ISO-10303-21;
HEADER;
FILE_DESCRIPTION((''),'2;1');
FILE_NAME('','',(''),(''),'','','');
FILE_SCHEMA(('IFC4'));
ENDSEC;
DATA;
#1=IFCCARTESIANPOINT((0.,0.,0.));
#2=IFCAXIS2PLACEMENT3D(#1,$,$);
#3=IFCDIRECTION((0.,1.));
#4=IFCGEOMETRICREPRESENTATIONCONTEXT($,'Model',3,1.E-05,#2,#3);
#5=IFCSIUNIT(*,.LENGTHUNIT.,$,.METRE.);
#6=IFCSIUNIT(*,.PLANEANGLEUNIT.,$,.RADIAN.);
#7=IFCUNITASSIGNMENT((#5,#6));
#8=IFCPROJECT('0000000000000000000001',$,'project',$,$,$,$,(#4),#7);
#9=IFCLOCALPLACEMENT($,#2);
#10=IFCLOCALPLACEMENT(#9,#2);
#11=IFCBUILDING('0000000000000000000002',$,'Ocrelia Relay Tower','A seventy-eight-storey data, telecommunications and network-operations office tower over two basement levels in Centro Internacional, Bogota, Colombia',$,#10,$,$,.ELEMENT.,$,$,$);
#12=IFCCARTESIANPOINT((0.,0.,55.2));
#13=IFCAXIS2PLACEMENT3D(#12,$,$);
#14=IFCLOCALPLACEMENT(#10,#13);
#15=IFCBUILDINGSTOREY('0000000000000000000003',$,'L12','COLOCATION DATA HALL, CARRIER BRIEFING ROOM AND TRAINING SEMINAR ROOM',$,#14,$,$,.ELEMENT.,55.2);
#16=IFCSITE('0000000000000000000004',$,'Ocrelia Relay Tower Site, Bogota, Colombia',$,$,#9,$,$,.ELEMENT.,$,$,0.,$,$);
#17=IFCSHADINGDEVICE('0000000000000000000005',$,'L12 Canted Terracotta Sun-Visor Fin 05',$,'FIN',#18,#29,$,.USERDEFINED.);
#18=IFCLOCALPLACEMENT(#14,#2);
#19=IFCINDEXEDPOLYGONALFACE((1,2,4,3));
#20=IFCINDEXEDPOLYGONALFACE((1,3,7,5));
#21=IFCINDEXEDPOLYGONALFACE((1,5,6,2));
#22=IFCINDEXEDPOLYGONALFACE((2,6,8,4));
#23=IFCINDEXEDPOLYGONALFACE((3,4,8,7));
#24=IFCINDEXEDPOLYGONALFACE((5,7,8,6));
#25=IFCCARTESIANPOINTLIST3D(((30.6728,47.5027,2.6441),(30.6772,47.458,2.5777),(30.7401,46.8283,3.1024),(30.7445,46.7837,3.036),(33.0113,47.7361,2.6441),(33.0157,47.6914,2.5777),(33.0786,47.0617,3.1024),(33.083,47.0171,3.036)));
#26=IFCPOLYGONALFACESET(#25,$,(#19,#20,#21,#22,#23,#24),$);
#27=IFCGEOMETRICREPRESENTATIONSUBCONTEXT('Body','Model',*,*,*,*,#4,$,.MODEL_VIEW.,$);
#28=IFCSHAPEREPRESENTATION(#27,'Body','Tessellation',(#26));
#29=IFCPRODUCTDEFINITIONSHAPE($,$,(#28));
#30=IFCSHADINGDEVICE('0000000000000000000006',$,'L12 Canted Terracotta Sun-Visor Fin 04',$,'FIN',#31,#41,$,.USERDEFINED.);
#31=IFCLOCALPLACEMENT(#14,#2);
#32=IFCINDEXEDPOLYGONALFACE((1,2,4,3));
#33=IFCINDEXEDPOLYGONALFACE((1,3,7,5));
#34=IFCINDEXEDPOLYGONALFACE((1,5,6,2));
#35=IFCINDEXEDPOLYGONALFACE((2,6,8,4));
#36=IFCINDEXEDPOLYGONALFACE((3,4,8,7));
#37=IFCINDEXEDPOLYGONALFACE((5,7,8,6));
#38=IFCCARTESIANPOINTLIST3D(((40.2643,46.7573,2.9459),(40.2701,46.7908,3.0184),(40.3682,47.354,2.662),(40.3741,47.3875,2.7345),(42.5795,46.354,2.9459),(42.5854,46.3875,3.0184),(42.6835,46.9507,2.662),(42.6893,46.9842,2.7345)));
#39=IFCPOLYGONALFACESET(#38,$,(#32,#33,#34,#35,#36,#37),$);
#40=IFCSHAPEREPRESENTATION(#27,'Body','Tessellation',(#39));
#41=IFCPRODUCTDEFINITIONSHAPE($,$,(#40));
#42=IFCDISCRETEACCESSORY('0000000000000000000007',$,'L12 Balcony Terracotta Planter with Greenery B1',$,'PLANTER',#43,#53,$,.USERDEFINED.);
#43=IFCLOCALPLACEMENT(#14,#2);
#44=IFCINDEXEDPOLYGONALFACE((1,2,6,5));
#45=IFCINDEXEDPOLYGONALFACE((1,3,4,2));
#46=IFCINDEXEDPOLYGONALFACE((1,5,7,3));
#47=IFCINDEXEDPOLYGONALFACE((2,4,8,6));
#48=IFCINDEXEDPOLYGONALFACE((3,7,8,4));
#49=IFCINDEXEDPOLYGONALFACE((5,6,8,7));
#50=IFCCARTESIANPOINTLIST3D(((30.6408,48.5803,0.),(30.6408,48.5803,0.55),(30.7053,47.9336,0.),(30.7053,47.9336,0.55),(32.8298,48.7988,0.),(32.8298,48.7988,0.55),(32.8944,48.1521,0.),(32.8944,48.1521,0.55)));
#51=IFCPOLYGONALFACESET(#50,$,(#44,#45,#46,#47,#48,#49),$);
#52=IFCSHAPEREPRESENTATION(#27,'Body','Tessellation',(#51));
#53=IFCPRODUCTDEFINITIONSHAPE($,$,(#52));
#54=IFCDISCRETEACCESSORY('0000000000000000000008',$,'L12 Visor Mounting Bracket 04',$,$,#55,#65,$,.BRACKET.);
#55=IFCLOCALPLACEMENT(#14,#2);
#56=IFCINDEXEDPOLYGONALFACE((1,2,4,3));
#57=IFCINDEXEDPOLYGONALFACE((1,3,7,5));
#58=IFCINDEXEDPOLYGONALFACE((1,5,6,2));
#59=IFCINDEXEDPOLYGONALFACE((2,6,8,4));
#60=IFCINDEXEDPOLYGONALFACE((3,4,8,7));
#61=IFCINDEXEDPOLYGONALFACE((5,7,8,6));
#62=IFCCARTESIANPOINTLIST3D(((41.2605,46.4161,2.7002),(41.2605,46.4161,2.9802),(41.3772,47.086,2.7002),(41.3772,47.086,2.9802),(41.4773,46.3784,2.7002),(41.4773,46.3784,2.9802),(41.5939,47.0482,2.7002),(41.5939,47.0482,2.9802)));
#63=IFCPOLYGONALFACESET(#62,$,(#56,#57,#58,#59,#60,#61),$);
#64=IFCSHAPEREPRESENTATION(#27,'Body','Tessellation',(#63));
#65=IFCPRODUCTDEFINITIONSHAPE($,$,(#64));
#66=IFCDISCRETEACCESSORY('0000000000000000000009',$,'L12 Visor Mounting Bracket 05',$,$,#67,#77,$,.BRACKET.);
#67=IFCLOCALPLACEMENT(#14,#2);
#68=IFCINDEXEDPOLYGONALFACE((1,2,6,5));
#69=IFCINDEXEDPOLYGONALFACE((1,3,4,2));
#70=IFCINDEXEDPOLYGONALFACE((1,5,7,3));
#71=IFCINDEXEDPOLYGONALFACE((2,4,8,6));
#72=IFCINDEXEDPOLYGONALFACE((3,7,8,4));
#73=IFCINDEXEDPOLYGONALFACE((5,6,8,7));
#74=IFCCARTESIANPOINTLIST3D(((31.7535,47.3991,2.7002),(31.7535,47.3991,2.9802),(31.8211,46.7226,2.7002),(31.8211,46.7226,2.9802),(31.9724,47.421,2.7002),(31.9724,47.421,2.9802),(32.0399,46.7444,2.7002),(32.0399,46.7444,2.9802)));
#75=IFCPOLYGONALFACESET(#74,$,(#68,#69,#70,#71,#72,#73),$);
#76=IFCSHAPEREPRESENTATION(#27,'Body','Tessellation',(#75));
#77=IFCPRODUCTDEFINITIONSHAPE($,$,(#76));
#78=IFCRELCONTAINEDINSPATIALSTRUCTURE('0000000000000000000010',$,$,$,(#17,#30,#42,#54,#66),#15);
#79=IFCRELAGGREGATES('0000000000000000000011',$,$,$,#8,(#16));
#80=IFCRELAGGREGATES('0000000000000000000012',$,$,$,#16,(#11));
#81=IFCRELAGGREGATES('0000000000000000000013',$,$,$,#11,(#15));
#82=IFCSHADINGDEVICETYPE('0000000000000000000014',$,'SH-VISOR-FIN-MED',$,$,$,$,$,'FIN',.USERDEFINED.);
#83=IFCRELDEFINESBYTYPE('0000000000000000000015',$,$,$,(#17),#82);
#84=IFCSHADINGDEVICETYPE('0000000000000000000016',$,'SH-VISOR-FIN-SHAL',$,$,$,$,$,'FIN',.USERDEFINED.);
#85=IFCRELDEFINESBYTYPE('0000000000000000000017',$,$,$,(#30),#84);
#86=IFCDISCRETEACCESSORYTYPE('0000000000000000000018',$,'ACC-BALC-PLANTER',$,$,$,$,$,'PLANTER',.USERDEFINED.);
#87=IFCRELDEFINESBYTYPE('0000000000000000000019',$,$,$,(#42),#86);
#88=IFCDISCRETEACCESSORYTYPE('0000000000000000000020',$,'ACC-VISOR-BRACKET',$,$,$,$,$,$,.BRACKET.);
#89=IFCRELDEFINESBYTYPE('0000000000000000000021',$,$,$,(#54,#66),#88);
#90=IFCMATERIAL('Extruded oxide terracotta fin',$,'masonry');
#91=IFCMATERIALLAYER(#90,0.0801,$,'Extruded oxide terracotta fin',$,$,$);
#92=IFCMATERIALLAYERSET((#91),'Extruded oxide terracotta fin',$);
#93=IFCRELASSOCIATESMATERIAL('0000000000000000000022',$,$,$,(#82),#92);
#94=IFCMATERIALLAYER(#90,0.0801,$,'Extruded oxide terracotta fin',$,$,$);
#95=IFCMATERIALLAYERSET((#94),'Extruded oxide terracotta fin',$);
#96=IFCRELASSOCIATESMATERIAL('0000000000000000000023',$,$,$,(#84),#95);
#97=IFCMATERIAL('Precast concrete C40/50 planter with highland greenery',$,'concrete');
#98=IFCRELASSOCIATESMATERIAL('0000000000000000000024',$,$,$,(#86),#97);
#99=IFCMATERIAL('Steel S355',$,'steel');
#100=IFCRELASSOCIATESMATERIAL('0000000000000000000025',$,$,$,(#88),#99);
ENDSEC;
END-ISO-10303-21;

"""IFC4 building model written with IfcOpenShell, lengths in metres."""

from ifc_helpers import new_model, si_unit, direction, frame, origin, origin_2d, place, context, subcontext, project, spatial, rectangle, extrude, material, layer, layer_set, type_object, element, save


model = new_model("IFC4")

# Units and contexts
model_context = context("Model", 3, precision=1e-05, world=origin(), true_north=direction((0.0, 1.0)))
body_context = subcontext(model_context, "Body", "Model", "MODEL_VIEW")
ifc_project = project(units=[si_unit("LENGTHUNIT", "METRE"), si_unit("PLANEANGLEUNIT", "RADIAN")], contexts=[model_context])

# Site, building, storey
site_placement = place(None, origin())
site = spatial("IfcSite", under=ifc_project, at=site_placement, Name="Ocrelia Relay Tower Site, Bogota, Colombia", CompositionType="ELEMENT", RefElevation=0.0)
building_placement = place(site_placement, origin())
building = spatial("IfcBuilding", under=site, at=building_placement, Name="Ocrelia Relay Tower", Description="A seventy-eight-storey data, telecommunications and network-operations office tower over two basement levels in Centro Internacional, Bogota, Colombia", CompositionType="ELEMENT")
storey_placement = place(building_placement, frame((0.0, 0.0, 55.2)))
storey = spatial("IfcBuildingStorey", under=building, at=storey_placement, Name="L12", Description="COLOCATION DATA HALL, CARRIER BRIEFING ROOM AND TRAINING SEMINAR ROOM", CompositionType="ELEMENT", Elevation=55.2)

# Shared definitions
ifc_material_1 = material(Name="Steel S355", Category="steel")

# Shading devices
ifc_material_2 = material(Name="Extruded oxide terracotta fin", Category="masonry")
ifc_layer_1 = layer(ifc_material_2, 0.0801, Name="Extruded oxide terracotta fin")
ifc_layer_set_1 = layer_set([ifc_layer_1], Name="Extruded oxide terracotta fin")
shading_device_type_1 = type_object("IfcShadingDeviceType", Name="SH-VISOR-FIN-MED", ElementType="FIN", PredefinedType="USERDEFINED", material=ifc_layer_set_1)
shading_device_1_placement = place(storey_placement, frame((31.8801, 47.2375, 2.8069), z_axis=(-0.055639, 0.557436, 0.828354), x_axis=(-0.995056, -0.099318, 0.0)))
element("IfcShadingDevice", 1, at=shading_device_1_placement, inside=storey, type_object=shading_device_type_1, Name="L12 Canted Terracotta Sun-Visor Fin 05", ObjectType="FIN", PredefinedType="USERDEFINED", context=body_context, shape_type="SweptSolid", body=[
    extrude(rectangle(XDim=2.3501, YDim=0.8181, at=origin_2d()), origin(), (0.0, 0.0, 1.0), 0.0801),
])
ifc_layer_2 = layer(ifc_material_2, 0.0801, Name="Extruded oxide terracotta fin")
ifc_layer_set_2 = layer_set([ifc_layer_2], Name="Extruded oxide terracotta fin")
shading_device_type_2 = type_object("IfcShadingDeviceType", Name="SH-VISOR-FIN-SHAL", ElementType="FIN", PredefinedType="USERDEFINED", material=ifc_layer_set_2)
shading_device_2_placement = place(storey_placement, frame((41.4739, 46.854, 2.804), z_axis=(0.072853, 0.418217, 0.905421), x_axis=(-0.985164, 0.171615, 0.0)))
element("IfcShadingDevice", 2, at=shading_device_2_placement, inside=storey, type_object=shading_device_type_2, Name="L12 Canted Terracotta Sun-Visor Fin 04", ObjectType="FIN", PredefinedType="USERDEFINED", context=body_context, shape_type="SweptSolid", body=[
    extrude(rectangle(XDim=2.3501, YDim=0.6689, at=origin_2d()), origin(), (0.0, 0.0, 1.0), 0.0801),
])

# Discrete accessories
ifc_material_3 = material(Name="Precast concrete C40/50 planter with highland greenery", Category="concrete")
discrete_accessory_type_1 = type_object("IfcDiscreteAccessoryType", Name="ACC-BALC-PLANTER", ElementType="PLANTER", PredefinedType="USERDEFINED", material=ifc_material_3)
discrete_accessory_placement = place(storey_placement, frame((31.7676, 48.3662, 0.0), z_axis=(0.0, 0.0, 1.0), x_axis=(0.995055, 0.099323, 0.0)))
element("IfcDiscreteAccessory", 3, at=discrete_accessory_placement, inside=storey, type_object=discrete_accessory_type_1, Name="L12 Balcony Terracotta Planter with Greenery B1", ObjectType="PLANTER", PredefinedType="USERDEFINED", context=body_context, shape_type="SweptSolid", body=[
    extrude(rectangle(XDim=2.2, YDim=0.6499, at=origin_2d()), origin(), (0.0, 0.0, 1.0), 0.55),
])
discrete_accessory_type_2 = type_object("IfcDiscreteAccessoryType", Name="ACC-VISOR-BRACKET", PredefinedType="BRACKET", material=ifc_material_1)
for number, where, z_axis, x_axis, name in (
    (4, (41.4272, 46.7322, 2.7002), (0.0, 0.0, 1.0), (-0.985164, 0.171615, 0.0), "L12 Visor Mounting Bracket 04"),
    (5, (31.8967, 47.0718, 2.7002), (0.0, 0.0, 1.0), (-0.995056, -0.099318, 0.0), "L12 Visor Mounting Bracket 05"),
):
    element("IfcDiscreteAccessory", number, at=place(storey_placement, frame(where, z_axis=z_axis, x_axis=x_axis)), inside=storey, type_object=discrete_accessory_type_2, Name=name, PredefinedType="BRACKET", context=body_context, shape_type="SweptSolid", body=[
        extrude(rectangle(XDim=0.22, YDim=0.6799, at=origin_2d()), origin(), (0.0, 0.0, 1.0), 0.28),
    ])

save(model, "model.ifc")
